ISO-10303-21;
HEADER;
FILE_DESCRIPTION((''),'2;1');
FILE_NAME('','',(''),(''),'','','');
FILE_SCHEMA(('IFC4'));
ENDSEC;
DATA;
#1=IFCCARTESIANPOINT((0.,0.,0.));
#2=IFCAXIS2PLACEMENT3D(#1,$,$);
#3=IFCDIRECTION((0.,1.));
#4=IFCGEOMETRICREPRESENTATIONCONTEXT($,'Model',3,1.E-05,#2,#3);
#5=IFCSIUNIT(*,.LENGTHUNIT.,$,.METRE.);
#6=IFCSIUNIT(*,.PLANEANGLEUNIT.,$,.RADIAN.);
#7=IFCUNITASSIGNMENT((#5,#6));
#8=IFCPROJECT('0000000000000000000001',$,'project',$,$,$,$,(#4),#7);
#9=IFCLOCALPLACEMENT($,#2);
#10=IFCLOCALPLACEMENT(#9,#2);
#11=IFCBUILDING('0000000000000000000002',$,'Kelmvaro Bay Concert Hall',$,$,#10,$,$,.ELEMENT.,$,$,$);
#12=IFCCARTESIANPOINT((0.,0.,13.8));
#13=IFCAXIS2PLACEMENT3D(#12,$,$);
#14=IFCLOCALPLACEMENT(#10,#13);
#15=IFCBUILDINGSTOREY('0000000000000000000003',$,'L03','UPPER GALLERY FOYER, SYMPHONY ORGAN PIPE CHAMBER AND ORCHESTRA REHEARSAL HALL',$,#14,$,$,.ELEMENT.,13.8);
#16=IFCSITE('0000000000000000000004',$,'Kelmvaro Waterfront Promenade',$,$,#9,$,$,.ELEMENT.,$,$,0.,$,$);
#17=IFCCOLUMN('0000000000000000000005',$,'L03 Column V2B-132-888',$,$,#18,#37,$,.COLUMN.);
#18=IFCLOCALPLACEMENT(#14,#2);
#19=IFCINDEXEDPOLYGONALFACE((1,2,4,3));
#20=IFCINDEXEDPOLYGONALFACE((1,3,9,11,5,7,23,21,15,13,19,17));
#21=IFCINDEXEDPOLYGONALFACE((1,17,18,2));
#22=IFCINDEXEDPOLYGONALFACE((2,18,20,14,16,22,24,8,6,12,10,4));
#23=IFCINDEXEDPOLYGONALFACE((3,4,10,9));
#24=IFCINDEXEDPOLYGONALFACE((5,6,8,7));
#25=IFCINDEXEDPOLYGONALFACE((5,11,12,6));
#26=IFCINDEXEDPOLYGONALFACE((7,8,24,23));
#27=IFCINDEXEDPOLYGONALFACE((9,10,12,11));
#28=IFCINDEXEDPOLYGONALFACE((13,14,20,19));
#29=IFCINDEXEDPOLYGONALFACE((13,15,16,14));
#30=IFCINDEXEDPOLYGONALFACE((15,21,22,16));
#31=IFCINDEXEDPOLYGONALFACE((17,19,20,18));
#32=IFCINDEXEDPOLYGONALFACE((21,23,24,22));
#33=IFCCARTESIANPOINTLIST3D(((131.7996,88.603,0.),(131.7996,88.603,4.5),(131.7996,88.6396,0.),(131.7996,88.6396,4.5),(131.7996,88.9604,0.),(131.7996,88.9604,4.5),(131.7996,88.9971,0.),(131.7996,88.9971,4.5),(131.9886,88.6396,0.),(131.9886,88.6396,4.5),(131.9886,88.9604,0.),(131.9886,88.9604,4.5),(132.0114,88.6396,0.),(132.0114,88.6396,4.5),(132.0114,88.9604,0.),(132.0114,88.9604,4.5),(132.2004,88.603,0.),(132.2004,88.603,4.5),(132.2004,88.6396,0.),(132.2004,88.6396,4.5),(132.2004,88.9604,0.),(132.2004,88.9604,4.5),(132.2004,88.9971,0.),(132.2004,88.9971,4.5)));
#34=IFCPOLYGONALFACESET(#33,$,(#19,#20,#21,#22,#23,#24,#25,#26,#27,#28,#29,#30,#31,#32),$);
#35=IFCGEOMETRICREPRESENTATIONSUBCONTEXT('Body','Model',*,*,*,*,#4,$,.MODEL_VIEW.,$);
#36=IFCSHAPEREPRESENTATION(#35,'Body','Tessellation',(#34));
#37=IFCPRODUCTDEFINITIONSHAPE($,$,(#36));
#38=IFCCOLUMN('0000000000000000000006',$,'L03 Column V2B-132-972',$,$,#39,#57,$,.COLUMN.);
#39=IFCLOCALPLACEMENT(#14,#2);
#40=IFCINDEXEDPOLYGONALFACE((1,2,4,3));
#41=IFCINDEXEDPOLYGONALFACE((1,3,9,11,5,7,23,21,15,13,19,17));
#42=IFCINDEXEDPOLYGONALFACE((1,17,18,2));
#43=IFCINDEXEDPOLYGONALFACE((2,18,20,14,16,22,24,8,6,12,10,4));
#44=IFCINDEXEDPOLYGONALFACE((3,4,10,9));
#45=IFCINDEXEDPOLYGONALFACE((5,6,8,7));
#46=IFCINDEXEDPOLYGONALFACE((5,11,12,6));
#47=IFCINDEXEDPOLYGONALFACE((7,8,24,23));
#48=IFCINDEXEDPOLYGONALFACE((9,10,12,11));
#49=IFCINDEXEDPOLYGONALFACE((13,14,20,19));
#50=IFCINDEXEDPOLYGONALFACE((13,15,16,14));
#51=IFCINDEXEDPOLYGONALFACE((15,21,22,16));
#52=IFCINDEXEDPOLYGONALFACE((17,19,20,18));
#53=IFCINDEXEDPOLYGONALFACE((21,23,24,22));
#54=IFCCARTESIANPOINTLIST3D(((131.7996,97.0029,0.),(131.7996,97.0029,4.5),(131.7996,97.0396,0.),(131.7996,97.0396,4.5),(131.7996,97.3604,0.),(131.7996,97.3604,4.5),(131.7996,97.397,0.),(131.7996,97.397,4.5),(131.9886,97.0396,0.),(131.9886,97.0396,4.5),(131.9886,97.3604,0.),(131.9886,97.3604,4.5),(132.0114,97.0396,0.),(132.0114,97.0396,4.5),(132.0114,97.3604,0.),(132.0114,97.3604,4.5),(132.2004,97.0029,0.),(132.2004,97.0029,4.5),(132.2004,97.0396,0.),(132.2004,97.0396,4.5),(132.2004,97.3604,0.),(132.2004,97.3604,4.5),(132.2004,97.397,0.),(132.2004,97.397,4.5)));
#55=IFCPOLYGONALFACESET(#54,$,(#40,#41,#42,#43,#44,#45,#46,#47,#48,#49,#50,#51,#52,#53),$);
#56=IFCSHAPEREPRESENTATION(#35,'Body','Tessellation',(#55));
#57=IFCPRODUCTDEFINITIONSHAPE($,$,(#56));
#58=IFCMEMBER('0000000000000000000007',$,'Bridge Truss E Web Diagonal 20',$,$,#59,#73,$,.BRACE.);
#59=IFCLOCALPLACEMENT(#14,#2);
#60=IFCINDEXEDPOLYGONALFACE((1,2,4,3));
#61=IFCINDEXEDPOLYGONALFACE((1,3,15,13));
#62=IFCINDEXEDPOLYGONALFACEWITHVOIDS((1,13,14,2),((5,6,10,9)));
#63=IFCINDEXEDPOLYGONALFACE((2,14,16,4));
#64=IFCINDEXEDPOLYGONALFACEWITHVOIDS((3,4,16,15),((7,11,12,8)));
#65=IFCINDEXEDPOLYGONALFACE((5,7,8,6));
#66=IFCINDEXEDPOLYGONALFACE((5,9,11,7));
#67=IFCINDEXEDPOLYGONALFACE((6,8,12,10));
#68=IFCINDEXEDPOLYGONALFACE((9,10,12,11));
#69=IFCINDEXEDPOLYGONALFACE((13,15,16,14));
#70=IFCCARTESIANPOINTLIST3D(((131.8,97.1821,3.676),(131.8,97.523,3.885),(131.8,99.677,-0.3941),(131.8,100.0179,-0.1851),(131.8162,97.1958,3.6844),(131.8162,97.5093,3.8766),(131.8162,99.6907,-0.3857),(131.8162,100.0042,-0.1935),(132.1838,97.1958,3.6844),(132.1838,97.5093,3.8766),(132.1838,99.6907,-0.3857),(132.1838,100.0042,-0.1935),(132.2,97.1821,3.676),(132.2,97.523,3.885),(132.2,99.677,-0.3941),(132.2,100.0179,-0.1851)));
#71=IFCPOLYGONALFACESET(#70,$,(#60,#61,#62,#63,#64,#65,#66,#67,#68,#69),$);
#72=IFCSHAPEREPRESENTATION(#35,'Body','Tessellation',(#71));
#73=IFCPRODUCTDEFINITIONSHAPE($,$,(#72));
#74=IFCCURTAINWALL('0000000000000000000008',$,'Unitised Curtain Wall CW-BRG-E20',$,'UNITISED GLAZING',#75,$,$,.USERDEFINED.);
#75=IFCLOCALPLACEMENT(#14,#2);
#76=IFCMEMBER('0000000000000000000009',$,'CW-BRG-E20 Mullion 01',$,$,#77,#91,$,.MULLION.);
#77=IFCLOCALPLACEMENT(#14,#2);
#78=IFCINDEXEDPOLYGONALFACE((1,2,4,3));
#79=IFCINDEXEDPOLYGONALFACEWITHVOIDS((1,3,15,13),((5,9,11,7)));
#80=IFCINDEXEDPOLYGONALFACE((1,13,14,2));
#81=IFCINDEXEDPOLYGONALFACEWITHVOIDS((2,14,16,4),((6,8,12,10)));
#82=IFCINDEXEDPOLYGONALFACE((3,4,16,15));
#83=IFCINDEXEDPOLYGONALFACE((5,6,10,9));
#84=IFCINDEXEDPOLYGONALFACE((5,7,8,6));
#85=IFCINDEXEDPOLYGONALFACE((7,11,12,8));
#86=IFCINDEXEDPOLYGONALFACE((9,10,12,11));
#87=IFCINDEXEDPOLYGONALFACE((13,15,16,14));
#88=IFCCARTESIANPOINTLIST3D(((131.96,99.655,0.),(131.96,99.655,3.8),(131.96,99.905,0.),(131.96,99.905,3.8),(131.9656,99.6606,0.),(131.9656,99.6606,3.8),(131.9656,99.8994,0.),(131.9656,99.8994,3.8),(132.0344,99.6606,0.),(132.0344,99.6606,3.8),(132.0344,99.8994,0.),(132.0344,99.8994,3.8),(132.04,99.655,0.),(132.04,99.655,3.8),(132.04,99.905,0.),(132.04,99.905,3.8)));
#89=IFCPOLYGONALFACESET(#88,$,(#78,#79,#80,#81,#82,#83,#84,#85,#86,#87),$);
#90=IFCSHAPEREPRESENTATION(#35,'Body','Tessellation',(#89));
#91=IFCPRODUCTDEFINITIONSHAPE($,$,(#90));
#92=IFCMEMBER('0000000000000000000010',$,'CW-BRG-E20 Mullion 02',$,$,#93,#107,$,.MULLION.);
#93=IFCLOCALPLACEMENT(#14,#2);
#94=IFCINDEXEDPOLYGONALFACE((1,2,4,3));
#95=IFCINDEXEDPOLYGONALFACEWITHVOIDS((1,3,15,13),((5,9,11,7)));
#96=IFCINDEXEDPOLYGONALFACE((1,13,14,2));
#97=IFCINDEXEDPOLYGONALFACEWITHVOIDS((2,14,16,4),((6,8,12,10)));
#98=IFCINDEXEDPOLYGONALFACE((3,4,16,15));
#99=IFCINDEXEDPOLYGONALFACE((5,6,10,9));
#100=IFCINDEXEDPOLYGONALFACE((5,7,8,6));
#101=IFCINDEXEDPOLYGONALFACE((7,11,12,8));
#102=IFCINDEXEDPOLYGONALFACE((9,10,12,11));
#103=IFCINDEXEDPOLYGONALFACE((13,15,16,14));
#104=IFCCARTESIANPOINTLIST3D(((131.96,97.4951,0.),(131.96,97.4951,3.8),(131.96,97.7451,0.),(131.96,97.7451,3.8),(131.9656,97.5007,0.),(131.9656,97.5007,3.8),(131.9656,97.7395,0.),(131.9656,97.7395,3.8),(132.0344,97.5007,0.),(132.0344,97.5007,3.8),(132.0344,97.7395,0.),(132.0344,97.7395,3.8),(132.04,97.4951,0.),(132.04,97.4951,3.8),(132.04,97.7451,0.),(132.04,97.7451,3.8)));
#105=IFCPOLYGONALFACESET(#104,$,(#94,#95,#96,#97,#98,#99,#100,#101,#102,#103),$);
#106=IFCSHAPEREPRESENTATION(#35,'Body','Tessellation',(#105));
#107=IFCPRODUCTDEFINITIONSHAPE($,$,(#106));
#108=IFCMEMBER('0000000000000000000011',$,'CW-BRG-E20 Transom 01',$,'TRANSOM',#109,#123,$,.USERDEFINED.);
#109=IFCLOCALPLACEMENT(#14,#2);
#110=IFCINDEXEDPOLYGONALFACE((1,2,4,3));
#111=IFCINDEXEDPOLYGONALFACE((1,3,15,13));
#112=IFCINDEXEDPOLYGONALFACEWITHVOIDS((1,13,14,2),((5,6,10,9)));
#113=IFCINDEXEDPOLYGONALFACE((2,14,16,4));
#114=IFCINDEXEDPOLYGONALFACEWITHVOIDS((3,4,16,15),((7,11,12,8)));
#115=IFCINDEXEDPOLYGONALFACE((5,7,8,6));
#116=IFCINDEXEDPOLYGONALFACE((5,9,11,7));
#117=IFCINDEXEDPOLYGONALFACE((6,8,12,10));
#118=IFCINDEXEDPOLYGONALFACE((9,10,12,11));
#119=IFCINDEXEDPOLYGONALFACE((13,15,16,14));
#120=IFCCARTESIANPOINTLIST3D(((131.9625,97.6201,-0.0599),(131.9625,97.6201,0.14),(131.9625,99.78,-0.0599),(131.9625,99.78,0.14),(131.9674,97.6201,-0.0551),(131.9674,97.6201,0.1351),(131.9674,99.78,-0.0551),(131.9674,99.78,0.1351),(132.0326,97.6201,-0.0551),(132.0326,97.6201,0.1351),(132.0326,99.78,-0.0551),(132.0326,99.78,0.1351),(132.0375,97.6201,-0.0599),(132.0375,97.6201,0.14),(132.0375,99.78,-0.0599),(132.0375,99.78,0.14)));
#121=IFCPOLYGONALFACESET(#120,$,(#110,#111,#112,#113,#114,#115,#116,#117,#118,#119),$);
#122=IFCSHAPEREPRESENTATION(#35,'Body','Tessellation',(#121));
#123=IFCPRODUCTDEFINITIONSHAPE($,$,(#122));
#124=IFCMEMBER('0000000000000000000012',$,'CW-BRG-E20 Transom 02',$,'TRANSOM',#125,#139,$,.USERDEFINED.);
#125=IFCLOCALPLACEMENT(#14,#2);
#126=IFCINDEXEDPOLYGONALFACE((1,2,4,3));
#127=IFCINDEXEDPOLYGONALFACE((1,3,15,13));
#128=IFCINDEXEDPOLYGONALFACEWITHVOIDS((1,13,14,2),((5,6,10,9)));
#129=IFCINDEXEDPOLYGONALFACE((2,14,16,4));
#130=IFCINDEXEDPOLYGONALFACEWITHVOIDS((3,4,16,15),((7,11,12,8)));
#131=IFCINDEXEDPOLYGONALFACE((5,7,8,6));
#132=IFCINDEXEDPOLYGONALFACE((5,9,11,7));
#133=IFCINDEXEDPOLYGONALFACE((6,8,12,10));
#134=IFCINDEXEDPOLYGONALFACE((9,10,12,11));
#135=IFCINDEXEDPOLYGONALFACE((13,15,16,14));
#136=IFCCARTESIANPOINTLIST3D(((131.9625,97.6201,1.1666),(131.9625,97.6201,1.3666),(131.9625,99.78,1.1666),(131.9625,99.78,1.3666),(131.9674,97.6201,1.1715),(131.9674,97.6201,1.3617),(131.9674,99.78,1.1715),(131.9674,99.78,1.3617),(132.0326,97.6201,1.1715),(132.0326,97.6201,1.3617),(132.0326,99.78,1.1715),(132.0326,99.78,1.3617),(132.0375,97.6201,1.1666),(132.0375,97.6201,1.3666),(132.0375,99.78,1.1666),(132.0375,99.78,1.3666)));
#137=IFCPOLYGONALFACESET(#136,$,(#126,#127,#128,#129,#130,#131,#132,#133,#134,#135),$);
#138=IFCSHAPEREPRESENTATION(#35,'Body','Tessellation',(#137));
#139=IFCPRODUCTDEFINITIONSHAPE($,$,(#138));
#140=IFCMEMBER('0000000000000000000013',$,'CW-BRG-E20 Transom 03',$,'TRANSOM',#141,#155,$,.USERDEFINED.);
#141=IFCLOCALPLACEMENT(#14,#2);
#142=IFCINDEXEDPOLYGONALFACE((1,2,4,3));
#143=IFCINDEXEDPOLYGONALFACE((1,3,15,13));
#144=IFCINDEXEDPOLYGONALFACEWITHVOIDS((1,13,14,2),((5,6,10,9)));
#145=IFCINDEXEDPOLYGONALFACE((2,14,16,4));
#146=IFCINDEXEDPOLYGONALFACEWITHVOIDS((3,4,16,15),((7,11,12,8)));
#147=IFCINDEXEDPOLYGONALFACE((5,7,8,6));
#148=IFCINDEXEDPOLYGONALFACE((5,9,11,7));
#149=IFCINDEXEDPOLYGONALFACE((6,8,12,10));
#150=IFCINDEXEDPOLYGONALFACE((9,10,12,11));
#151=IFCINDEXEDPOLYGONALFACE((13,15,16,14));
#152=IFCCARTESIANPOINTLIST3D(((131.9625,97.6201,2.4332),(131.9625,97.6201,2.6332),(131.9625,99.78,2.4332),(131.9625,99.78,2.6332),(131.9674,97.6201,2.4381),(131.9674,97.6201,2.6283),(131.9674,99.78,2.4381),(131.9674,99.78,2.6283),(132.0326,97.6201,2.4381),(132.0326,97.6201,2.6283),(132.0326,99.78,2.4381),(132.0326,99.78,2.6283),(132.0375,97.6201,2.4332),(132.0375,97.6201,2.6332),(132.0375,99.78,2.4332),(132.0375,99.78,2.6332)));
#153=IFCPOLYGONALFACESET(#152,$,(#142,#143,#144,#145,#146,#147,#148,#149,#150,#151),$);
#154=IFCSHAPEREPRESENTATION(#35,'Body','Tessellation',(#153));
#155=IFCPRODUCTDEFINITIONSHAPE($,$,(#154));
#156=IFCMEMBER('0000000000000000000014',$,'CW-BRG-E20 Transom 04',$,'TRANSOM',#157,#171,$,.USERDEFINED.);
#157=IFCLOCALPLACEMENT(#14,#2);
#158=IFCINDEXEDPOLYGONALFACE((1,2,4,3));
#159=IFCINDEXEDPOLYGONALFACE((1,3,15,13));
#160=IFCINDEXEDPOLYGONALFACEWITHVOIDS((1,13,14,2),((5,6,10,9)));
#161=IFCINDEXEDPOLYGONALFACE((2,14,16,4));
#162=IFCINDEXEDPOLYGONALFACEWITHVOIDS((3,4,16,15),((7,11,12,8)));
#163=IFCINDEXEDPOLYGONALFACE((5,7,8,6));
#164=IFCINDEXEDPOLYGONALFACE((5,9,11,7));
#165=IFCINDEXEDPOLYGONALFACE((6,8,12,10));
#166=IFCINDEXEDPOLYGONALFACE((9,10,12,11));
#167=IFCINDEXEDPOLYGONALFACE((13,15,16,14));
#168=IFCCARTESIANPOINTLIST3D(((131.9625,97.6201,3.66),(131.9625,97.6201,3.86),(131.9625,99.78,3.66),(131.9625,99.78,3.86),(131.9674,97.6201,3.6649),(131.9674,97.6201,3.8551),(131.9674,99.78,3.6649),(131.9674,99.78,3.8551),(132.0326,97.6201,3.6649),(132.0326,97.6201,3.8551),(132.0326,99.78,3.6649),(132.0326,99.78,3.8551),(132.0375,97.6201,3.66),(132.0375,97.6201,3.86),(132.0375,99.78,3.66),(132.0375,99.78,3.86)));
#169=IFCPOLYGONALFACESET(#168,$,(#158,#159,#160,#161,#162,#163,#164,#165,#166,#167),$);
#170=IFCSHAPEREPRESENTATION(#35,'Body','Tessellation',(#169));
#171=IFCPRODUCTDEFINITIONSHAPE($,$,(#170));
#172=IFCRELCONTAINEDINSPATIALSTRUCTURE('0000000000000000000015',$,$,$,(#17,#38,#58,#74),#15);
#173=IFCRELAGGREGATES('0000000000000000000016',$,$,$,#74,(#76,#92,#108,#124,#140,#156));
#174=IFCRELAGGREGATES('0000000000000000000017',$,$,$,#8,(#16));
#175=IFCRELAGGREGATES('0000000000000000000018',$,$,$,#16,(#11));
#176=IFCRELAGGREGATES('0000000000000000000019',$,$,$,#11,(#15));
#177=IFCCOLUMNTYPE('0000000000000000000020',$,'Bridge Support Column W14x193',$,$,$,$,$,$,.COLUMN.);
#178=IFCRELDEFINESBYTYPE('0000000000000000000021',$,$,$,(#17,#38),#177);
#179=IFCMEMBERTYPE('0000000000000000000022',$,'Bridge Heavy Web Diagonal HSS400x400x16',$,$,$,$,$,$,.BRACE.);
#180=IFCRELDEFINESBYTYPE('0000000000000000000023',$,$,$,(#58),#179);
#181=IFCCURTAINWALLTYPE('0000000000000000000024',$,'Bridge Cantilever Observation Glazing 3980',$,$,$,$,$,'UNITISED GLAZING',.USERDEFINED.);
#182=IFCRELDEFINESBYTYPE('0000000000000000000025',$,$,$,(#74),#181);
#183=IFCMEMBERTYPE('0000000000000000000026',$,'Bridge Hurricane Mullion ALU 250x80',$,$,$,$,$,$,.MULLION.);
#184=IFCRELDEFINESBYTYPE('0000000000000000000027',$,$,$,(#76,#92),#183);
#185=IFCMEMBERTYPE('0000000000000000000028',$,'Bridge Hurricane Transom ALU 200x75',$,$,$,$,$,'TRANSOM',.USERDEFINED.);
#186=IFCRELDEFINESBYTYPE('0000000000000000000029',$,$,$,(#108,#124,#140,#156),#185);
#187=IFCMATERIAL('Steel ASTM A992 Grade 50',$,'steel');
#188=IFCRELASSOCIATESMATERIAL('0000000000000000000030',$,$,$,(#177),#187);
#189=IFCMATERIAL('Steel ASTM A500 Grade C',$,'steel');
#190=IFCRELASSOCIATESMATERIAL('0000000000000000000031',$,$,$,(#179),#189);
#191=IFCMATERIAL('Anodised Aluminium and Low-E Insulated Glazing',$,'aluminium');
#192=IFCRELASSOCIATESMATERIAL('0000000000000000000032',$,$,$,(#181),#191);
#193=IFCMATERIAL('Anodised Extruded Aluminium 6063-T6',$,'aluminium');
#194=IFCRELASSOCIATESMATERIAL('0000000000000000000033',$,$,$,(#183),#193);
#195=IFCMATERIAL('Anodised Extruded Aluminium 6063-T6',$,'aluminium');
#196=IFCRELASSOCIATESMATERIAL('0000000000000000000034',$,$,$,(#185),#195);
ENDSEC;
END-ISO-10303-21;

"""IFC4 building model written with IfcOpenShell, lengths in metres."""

from ifc_helpers import new_model, si_unit, direction, frame, origin, origin_2d, place, context, subcontext, project, spatial, hollow_rectangle, i_section, extrude, material, material_profile, profile_set, type_object, element, aggregate, save


model = new_model("IFC4")

# Units and contexts
model_context = context("Model", 3, precision=1e-05, world=origin(), true_north=direction((0.0, 1.0)))
body_context = subcontext(model_context, "Body", "Model", "MODEL_VIEW")
ifc_project = project(units=[si_unit("LENGTHUNIT", "METRE"), si_unit("PLANEANGLEUNIT", "RADIAN")], contexts=[model_context])

# Site, building, storey
site_placement = place(None, origin())
site = spatial("IfcSite", under=ifc_project, at=site_placement, Name="Kelmvaro Waterfront Promenade", CompositionType="ELEMENT", RefElevation=0.0)
building_placement = place(site_placement, origin())
building = spatial("IfcBuilding", under=site, at=building_placement, Name="Kelmvaro Bay Concert Hall", CompositionType="ELEMENT")
storey_placement = place(building_placement, frame((0.0, 0.0, 13.8)))
storey = spatial("IfcBuildingStorey", under=building, at=storey_placement, Name="L03", Description="UPPER GALLERY FOYER, SYMPHONY ORGAN PIPE CHAMBER AND ORCHESTRA REHEARSAL HALL", CompositionType="ELEMENT", Elevation=13.8)

# Columns
ifc_material_1 = material(Name="Steel ASTM A992 Grade 50", Category="steel")
ifc_material_profile_1 = material_profile(ifc_material_1, i_section(OverallWidth=0.4009, OverallDepth=0.394, WebThickness=0.0227, FlangeThickness=0.0366, at=origin_2d()), Name="W14X193")
ifc_profile_set_1 = profile_set([ifc_material_profile_1], Name="Steel ASTM A992 Grade 50")
column_type = type_object("IfcColumnType", Name="Bridge Support Column W14x193", PredefinedType="COLUMN", material=ifc_profile_set_1)
for number, where, z_axis, x_axis, name in (
    (1, (132.0, 88.8, 0.0), (0.0, 0.0, 1.0), (1.0, 0.0, 0.0), "L03 Column V2B-132-888"),
    (2, (132.0, 97.2, 0.0), (0.0, 0.0, 1.0), (1.0, 0.0, 0.0), "L03 Column V2B-132-972"),
):
    element("IfcColumn", number, at=place(storey_placement, frame(where, z_axis=z_axis, x_axis=x_axis)), inside=storey, type_object=column_type, Name=name, PredefinedType="COLUMN", context=body_context, shape_type="SweptSolid", body=[
        extrude(i_section(OverallWidth=0.4009, OverallDepth=0.394, WebThickness=0.0227, FlangeThickness=0.0366, at=origin_2d()), origin(), (0.0, 0.0, 1.0), 4.5),
    ])

# Member
ifc_material_2 = material(Name="Steel ASTM A500 Grade C", Category="steel")
ifc_material_profile_2 = material_profile(ifc_material_2, hollow_rectangle(XDim=0.3999, YDim=0.3999, WallThickness=0.0161, at=origin_2d()), Name="HSS400X400X16")
ifc_profile_set_2 = profile_set([ifc_material_profile_2], Name="Steel ASTM A500 Grade C")
member_type_1 = type_object("IfcMemberType", Name="Bridge Heavy Web Diagonal HSS400x400x16", PredefinedType="BRACE", material=ifc_profile_set_2)
member_1_placement = place(storey_placement, frame((132.0, 97.3525, 3.7805), z_axis=(0.0, 0.52261, -0.852572), x_axis=(-1.0, 0.0, 0.0)))
element("IfcMember", 3, at=member_1_placement, inside=storey, type_object=member_type_1, Name="Bridge Truss E Web Diagonal 20", PredefinedType="BRACE", context=body_context, shape_type="SweptSolid", body=[
    extrude(hollow_rectangle(XDim=0.3999, YDim=0.3999, WallThickness=0.0161, at=origin_2d()), origin(), (0.0, 0.0, 1.0), 4.7739),
])

# Curtain wall, members
ifc_material_3 = material(Name="Anodised Aluminium and Low-E Insulated Glazing", Category="aluminium")
curtain_wall_type = type_object("IfcCurtainWallType", Name="Bridge Cantilever Observation Glazing 3980", ElementType="UNITISED GLAZING", PredefinedType="USERDEFINED", material=ifc_material_3)
curtain_wall_placement = place(storey_placement, origin())
curtain_wall = element("IfcCurtainWall", 4, at=curtain_wall_placement, inside=storey, type_object=curtain_wall_type, Name="Unitised Curtain Wall CW-BRG-E20", ObjectType="UNITISED GLAZING", PredefinedType="USERDEFINED")
ifc_material_4 = material(Name="Anodised Extruded Aluminium 6063-T6", Category="aluminium")
ifc_material_profile_3 = material_profile(ifc_material_4, hollow_rectangle(XDim=0.0801, YDim=0.25, WallThickness=0.0056, at=origin_2d()), Name="ALU-MUL-250X80")
ifc_profile_set_3 = profile_set([ifc_material_profile_3], Name="Anodised Extruded Aluminium 6063-T6")
member_type_2 = type_object("IfcMemberType", Name="Bridge Hurricane Mullion ALU 250x80", PredefinedType="MULLION", material=ifc_profile_set_3)
member_2_placement = place(storey_placement, frame((132.0, 99.78, 0.0), z_axis=(0.0, 0.0, 1.0), x_axis=(1.0, 0.0, 0.0)))
member_2 = element("IfcMember", 5, at=member_2_placement, type_object=member_type_2, Name="CW-BRG-E20 Mullion 01", PredefinedType="MULLION", context=body_context, shape_type="SweptSolid", body=[
    extrude(hollow_rectangle(XDim=0.0801, YDim=0.25, WallThickness=0.0056, at=origin_2d()), origin(), (0.0, 0.0, 1.0), 3.8),
])
member_3_placement = place(storey_placement, frame((132.0, 97.6201, 0.0), z_axis=(0.0, 0.0, 1.0), x_axis=(1.0, 0.0, 0.0)))
member_3 = element("IfcMember", 6, at=member_3_placement, type_object=member_type_2, Name="CW-BRG-E20 Mullion 02", PredefinedType="MULLION", context=body_context, shape_type="SweptSolid", body=[
    extrude(hollow_rectangle(XDim=0.0801, YDim=0.25, WallThickness=0.0056, at=origin_2d()), origin(), (0.0, 0.0, 1.0), 3.8),
])
ifc_material_5 = material(Name="Anodised Extruded Aluminium 6063-T6", Category="aluminium")
ifc_material_profile_4 = material_profile(ifc_material_5, hollow_rectangle(XDim=0.075, YDim=0.2, WallThickness=0.0049, at=origin_2d()), Name="ALU-TRN-200X75")
ifc_profile_set_4 = profile_set([ifc_material_profile_4], Name="Anodised Extruded Aluminium 6063-T6")
member_type_3 = type_object("IfcMemberType", Name="Bridge Hurricane Transom ALU 200x75", ElementType="TRANSOM", PredefinedType="USERDEFINED", material=ifc_profile_set_4)
member_4_placement = place(storey_placement, frame((132.0, 99.78, 0.04), z_axis=(0.0, -1.0, 0.0), x_axis=(1.0, 0.0, 0.0)))
member_4 = element("IfcMember", 7, at=member_4_placement, type_object=member_type_3, Name="CW-BRG-E20 Transom 01", ObjectType="TRANSOM", PredefinedType="USERDEFINED", context=body_context, shape_type="SweptSolid", body=[
    extrude(hollow_rectangle(XDim=0.075, YDim=0.2, WallThickness=0.0049, at=origin_2d()), origin(), (0.0, 0.0, 1.0), 2.1599),
])
member_5_placement = place(storey_placement, frame((132.0, 99.78, 1.2666), z_axis=(0.0, -1.0, 0.0), x_axis=(1.0, 0.0, 0.0)))
member_5 = element("IfcMember", 8, at=member_5_placement, type_object=member_type_3, Name="CW-BRG-E20 Transom 02", ObjectType="TRANSOM", PredefinedType="USERDEFINED", context=body_context, shape_type="SweptSolid", body=[
    extrude(hollow_rectangle(XDim=0.075, YDim=0.2, WallThickness=0.0049, at=origin_2d()), origin(), (0.0, 0.0, 1.0), 2.1599),
])
member_6_placement = place(storey_placement, frame((132.0, 99.78, 2.5332), z_axis=(0.0, -1.0, 0.0), x_axis=(1.0, 0.0, 0.0)))
member_6 = element("IfcMember", 9, at=member_6_placement, type_object=member_type_3, Name="CW-BRG-E20 Transom 03", ObjectType="TRANSOM", PredefinedType="USERDEFINED", context=body_context, shape_type="SweptSolid", body=[
    extrude(hollow_rectangle(XDim=0.075, YDim=0.2, WallThickness=0.0049, at=origin_2d()), origin(), (0.0, 0.0, 1.0), 2.1599),
])
member_7_placement = place(storey_placement, frame((132.0, 99.78, 3.76), z_axis=(0.0, -1.0, 0.0), x_axis=(1.0, 0.0, 0.0)))
member_7 = element("IfcMember", 10, at=member_7_placement, type_object=member_type_3, Name="CW-BRG-E20 Transom 04", ObjectType="TRANSOM", PredefinedType="USERDEFINED", context=body_context, shape_type="SweptSolid", body=[
    extrude(hollow_rectangle(XDim=0.075, YDim=0.2, WallThickness=0.0049, at=origin_2d()), origin(), (0.0, 0.0, 1.0), 2.1599),
])

aggregate(curtain_wall, [member_2, member_3, member_4, member_5, member_6, member_7])

save(model, "model.ifc")
